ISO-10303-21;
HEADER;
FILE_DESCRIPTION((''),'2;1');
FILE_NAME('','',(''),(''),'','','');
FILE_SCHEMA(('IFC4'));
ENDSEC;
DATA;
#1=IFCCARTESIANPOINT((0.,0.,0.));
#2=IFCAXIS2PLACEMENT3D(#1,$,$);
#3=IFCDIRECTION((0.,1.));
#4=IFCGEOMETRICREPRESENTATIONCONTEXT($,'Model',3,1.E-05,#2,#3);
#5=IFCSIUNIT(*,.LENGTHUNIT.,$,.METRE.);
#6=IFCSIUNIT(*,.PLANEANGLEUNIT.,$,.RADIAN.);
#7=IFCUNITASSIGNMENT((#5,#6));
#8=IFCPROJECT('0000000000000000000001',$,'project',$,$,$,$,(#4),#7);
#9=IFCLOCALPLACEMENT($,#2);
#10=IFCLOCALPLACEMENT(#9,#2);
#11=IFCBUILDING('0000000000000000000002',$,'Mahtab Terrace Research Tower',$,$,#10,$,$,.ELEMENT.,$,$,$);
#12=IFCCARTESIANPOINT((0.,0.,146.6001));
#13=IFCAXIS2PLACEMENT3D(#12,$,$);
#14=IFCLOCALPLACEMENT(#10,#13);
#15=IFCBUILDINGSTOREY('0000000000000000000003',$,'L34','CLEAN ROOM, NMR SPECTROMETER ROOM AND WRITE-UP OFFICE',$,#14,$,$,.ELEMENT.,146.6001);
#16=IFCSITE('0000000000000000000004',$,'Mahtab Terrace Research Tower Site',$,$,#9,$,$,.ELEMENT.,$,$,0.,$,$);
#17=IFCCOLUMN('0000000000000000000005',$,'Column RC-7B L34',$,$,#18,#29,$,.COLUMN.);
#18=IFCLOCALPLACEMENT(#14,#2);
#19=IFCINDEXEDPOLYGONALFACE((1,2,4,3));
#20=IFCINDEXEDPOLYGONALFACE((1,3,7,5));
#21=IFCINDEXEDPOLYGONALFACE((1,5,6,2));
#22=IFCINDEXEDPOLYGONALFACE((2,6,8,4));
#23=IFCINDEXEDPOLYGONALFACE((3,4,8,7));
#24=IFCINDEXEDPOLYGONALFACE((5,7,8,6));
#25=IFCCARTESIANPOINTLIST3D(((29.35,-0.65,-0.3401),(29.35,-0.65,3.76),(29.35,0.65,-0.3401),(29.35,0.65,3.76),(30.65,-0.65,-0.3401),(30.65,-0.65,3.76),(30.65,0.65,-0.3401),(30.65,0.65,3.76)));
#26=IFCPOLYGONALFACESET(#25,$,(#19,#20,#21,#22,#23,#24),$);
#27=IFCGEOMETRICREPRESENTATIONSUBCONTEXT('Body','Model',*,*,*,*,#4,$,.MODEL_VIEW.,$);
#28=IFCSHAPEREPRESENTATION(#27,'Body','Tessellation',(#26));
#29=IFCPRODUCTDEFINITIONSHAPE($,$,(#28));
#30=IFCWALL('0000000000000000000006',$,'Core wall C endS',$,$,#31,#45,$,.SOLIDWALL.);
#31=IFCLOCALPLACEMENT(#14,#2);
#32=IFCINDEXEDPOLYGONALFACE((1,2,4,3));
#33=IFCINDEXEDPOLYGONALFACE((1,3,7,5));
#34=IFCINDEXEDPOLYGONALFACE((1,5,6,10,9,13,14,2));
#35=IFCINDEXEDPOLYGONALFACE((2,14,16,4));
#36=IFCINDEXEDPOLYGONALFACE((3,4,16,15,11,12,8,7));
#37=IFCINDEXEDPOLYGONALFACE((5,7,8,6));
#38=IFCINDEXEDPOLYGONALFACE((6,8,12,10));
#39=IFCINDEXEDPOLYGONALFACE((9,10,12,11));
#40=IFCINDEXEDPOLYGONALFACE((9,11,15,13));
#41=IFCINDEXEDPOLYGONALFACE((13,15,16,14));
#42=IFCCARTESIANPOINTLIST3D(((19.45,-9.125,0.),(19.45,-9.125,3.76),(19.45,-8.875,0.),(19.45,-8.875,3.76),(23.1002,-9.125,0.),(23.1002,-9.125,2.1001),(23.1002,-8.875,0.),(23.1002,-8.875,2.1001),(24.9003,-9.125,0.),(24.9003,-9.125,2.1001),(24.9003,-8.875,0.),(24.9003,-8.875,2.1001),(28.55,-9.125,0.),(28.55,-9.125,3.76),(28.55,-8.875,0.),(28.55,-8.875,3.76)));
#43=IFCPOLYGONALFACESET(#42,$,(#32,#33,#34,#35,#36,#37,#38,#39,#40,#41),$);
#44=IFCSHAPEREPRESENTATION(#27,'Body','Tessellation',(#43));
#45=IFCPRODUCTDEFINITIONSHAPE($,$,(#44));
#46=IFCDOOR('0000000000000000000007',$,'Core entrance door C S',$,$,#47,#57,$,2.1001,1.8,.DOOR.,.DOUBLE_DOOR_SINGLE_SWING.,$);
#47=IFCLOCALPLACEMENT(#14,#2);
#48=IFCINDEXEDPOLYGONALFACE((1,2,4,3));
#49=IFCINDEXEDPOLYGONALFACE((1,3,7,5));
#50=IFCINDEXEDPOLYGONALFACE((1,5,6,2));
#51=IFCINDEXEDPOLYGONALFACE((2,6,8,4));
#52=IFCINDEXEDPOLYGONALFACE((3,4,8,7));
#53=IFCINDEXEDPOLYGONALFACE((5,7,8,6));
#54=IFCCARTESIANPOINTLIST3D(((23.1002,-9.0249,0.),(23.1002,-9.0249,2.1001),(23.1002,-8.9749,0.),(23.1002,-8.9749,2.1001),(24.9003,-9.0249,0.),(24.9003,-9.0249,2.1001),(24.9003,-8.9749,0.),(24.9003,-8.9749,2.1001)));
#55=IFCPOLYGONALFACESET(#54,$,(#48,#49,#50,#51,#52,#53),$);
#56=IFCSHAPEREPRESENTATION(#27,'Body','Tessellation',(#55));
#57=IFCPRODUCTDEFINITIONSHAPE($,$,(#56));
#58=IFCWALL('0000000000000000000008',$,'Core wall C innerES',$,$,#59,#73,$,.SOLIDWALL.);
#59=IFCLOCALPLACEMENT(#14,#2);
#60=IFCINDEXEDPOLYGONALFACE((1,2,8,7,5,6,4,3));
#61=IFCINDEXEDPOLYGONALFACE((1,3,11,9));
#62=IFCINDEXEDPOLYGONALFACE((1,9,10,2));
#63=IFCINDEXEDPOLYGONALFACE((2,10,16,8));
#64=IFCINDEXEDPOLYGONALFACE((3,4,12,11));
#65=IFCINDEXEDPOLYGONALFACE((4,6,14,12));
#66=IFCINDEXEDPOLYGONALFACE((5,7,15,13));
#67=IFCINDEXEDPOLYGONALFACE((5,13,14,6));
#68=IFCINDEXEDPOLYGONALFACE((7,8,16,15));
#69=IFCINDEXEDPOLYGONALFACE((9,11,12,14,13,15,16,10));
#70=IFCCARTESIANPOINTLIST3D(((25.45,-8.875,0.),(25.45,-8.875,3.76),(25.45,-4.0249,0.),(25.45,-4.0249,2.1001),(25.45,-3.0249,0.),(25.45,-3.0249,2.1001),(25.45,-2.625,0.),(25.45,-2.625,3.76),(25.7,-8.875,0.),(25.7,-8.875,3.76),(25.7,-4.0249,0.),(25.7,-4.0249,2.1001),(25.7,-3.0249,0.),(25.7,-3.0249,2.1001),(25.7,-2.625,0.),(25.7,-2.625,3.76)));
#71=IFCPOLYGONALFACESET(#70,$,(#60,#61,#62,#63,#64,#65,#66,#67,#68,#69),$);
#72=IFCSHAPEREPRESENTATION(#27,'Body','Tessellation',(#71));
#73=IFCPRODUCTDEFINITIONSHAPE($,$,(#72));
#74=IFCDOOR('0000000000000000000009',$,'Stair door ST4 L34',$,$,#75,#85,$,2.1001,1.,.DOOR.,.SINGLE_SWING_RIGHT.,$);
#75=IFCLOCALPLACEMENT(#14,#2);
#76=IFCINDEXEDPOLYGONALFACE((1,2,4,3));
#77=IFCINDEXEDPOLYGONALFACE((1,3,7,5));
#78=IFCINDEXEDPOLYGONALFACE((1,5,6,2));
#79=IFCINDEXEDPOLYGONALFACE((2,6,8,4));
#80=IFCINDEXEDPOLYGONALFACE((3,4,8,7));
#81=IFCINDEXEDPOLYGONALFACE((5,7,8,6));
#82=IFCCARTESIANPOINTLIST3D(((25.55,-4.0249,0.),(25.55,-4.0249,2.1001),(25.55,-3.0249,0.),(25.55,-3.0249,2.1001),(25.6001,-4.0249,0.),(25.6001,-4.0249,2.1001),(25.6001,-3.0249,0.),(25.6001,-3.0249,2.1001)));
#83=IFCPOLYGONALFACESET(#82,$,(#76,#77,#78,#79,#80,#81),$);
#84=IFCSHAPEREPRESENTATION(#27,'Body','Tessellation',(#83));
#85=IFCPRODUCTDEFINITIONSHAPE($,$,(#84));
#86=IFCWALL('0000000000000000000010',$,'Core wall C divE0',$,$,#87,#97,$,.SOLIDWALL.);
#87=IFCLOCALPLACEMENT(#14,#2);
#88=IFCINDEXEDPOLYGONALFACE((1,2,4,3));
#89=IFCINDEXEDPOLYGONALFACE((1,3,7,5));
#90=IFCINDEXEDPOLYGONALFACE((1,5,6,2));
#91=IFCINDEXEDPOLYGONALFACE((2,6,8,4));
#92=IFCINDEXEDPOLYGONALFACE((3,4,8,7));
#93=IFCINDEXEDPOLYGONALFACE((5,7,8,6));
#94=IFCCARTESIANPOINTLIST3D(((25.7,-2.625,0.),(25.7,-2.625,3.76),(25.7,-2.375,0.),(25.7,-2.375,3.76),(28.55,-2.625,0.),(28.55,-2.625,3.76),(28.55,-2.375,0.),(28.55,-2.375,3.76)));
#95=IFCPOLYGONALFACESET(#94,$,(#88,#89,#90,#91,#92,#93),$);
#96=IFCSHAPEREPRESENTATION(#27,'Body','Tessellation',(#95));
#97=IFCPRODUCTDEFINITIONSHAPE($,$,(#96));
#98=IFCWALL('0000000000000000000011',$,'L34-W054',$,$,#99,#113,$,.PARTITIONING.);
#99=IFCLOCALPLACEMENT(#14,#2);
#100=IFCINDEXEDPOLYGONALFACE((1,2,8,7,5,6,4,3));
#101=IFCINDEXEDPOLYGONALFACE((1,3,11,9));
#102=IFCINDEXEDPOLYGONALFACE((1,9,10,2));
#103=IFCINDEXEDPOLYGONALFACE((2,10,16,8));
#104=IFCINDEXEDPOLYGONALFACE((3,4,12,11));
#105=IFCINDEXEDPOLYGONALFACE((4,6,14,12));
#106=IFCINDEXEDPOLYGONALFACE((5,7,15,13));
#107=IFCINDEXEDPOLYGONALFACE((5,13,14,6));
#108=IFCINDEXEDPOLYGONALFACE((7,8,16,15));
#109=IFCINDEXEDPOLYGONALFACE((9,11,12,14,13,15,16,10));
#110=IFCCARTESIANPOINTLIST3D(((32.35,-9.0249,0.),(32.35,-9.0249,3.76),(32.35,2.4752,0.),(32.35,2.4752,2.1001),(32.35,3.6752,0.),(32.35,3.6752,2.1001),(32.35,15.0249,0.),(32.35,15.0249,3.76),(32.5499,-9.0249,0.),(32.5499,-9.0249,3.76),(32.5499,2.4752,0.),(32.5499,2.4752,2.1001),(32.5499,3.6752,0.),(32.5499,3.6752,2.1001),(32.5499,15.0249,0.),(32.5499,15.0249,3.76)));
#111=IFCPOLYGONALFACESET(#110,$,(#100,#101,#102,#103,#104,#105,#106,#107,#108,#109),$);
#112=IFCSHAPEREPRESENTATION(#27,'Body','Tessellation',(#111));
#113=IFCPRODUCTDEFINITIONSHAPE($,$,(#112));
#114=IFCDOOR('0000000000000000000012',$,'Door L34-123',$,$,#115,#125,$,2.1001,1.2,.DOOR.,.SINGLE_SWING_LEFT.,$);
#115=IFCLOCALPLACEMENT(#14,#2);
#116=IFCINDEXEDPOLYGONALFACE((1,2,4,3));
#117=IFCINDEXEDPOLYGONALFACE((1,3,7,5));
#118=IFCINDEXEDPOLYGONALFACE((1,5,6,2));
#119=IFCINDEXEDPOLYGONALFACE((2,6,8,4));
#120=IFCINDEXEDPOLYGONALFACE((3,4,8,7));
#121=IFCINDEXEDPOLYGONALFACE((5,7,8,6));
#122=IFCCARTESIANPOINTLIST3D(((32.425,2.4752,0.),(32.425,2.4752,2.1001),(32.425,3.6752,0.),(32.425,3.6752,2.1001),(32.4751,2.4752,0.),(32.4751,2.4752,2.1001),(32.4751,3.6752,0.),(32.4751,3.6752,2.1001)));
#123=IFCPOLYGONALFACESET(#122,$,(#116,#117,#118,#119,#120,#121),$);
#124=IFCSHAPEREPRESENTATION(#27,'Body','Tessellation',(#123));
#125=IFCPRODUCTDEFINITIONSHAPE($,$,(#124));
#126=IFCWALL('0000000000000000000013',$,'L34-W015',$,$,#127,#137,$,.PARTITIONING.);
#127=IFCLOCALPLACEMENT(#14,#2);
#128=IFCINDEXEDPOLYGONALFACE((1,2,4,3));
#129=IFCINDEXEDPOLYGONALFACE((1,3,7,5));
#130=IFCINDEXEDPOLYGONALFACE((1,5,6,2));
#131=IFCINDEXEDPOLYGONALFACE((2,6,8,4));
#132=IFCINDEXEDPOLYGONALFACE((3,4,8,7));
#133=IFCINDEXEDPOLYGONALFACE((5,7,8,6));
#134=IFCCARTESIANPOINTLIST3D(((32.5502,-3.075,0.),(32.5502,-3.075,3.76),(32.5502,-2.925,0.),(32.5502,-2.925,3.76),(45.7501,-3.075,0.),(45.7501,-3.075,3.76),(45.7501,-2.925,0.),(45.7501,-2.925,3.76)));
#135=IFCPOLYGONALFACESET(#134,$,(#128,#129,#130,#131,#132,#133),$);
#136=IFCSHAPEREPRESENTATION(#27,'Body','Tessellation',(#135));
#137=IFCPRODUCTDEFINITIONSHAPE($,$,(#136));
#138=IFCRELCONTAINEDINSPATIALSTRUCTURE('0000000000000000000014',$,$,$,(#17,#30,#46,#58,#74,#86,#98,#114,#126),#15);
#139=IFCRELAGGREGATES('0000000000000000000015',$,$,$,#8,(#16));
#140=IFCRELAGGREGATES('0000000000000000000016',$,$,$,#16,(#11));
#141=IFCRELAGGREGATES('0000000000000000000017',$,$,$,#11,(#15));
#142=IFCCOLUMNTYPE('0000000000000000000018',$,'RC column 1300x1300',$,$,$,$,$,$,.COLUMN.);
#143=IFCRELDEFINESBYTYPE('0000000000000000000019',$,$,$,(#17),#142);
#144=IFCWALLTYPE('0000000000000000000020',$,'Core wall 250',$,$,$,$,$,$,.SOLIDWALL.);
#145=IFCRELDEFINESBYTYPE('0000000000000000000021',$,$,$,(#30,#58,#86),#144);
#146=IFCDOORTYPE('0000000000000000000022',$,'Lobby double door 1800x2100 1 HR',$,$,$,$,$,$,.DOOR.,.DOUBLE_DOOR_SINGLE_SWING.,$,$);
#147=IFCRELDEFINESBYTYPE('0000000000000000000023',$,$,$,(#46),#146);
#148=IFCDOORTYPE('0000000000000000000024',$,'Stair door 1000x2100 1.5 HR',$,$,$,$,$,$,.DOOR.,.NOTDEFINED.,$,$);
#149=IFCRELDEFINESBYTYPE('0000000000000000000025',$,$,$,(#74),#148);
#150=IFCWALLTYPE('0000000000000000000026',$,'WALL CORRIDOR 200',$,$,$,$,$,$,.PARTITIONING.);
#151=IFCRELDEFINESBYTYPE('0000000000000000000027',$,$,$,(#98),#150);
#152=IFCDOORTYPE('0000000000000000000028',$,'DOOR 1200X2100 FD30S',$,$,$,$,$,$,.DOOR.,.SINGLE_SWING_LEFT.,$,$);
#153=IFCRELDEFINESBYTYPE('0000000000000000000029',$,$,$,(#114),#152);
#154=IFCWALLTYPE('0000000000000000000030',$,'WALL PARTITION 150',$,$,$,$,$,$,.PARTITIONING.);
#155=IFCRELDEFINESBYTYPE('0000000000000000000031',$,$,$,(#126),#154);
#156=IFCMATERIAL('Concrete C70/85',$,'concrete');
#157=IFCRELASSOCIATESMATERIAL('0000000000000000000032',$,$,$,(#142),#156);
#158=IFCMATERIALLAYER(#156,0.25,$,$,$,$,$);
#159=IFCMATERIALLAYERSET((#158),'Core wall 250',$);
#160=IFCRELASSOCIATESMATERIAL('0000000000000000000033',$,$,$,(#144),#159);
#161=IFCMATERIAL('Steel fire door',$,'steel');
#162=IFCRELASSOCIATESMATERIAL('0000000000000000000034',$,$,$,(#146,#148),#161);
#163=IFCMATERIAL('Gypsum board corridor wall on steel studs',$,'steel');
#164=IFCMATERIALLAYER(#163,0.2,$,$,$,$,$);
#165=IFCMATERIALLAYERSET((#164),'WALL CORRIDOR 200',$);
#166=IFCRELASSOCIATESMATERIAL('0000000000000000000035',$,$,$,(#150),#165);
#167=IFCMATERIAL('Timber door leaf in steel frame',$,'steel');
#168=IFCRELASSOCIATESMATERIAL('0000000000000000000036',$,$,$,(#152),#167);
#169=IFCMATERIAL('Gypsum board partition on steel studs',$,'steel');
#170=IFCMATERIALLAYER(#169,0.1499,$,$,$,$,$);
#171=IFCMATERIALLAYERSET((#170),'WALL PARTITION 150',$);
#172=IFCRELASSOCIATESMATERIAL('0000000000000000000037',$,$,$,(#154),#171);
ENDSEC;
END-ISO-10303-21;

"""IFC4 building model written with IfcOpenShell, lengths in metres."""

from ifc_helpers import new_model, si_unit, direction, frame, frame_2d, origin, origin_2d, place, context, subcontext, project, spatial, rectangle, extrude, material, layer, layer_set, material_profile, profile_set, type_object, element, fill, save


model = new_model("IFC4")

# Units and contexts
model_context = context("Model", 3, precision=1e-05, world=origin(), true_north=direction((0.0, 1.0)))
body_context = subcontext(model_context, "Body", "Model", "MODEL_VIEW")
ifc_project = project(units=[si_unit("LENGTHUNIT", "METRE"), si_unit("PLANEANGLEUNIT", "RADIAN")], contexts=[model_context])

# Site, building, storey
site_placement = place(None, origin())
site = spatial("IfcSite", under=ifc_project, at=site_placement, Name="Mahtab Terrace Research Tower Site", CompositionType="ELEMENT", RefElevation=0.0)
building_placement = place(site_placement, origin())
building = spatial("IfcBuilding", under=site, at=building_placement, Name="Mahtab Terrace Research Tower", CompositionType="ELEMENT")
storey_placement = place(building_placement, frame((0.0, 0.0, 146.6001)))
storey = spatial("IfcBuildingStorey", under=building, at=storey_placement, Name="L34", Description="CLEAN ROOM, NMR SPECTROMETER ROOM AND WRITE-UP OFFICE", CompositionType="ELEMENT", Elevation=146.6001)

# Column
ifc_material_1 = material(Name="Concrete C70/85", Category="concrete")
ifc_material_profile = material_profile(ifc_material_1, rectangle(XDim=1.3, YDim=1.3, at=origin_2d()), Name="RC column 1300x1300")
ifc_profile_set = profile_set([ifc_material_profile], Name="Concrete C70/85")
column_type = type_object("IfcColumnType", Name="RC column 1300x1300", PredefinedType="COLUMN", material=ifc_profile_set)
column_placement = place(storey_placement, frame((30.0, 0.0, -0.3401), z_axis=(0.0, 0.0, 1.0), x_axis=(1.0, 0.0, 0.0)))
element("IfcColumn", 1, at=column_placement, inside=storey, type_object=column_type, Name="Column RC-7B L34", PredefinedType="COLUMN", context=body_context, shape_type="SweptSolid", body=[
    extrude(rectangle(XDim=1.3, YDim=1.3, at=origin_2d()), origin(), (0.0, 0.0, 1.0), 4.1001),
])

# Walls, openings, doors
ifc_layer_1 = layer(ifc_material_1, 0.25)
ifc_layer_set_1 = layer_set([ifc_layer_1], Name="Core wall 250")
wall_type_1 = type_object("IfcWallType", Name="Core wall 250", PredefinedType="SOLIDWALL", material=ifc_layer_set_1)
wall_1_placement = place(storey_placement, frame((28.55, -9.0, 0.0), z_axis=(0.0, 0.0, 1.0), x_axis=(-1.0, 0.0, 0.0)))
wall_1 = element("IfcWall", 2, at=wall_1_placement, inside=storey, type_object=wall_type_1, Name="Core wall C endS", PredefinedType="SOLIDWALL", context=body_context, shape_type="SweptSolid", body=[
    extrude(rectangle(XDim=9.1001, YDim=0.25, at=frame_2d((4.55, 0.0))), origin(), (0.0, 0.0, 1.0), 3.76),
])
opening_1_placement = place(wall_1_placement, frame((3.6499, 0.0, 0.0)))
opening_1 = element("IfcOpeningElement", 3, at=opening_1_placement, cuts=wall_1, PredefinedType="OPENING", context=body_context, shape_type="SweptSolid", body=[
    extrude(rectangle(XDim=1.8, YDim=2.1001, at=frame_2d((0.8999, 1.05))), frame((0.0, 0.135, 0.0), z_axis=(0.0, -1.0, 0.0), x_axis=(1.0, 0.0, 0.0)), (0.0, 0.0, 1.0), 0.27),
])
ifc_material_2 = material(Name="Steel fire door", Category="steel")
door_type_1 = type_object("IfcDoorType", Name="Lobby double door 1800x2100 1 HR", OperationType="DOUBLE_DOOR_SINGLE_SWING", PredefinedType="DOOR", material=ifc_material_2)
door_1_placement = place(opening_1_placement, origin())
door_1 = element("IfcDoor", 4, at=door_1_placement, inside=storey, type_object=door_type_1, Name="Core entrance door C S", OperationType="DOUBLE_DOOR_SINGLE_SWING", OverallHeight=2.1001, OverallWidth=1.8, PredefinedType="DOOR", context=body_context, shape_type="SweptSolid", body=[
    extrude(rectangle(XDim=1.8, YDim=2.1001, at=frame_2d((0.8999, 1.05))), frame((0.0, 0.0249, 0.0), z_axis=(0.0, -1.0, 0.0), x_axis=(1.0, 0.0, 0.0)), (0.0, 0.0, 1.0), 0.05),
])
fill(opening_1, door_1)
wall_2_placement = place(storey_placement, frame((25.575, -8.875, 0.0), z_axis=(0.0, 0.0, 1.0), x_axis=(0.0, 1.0, 0.0)))
wall_2 = element("IfcWall", 5, at=wall_2_placement, inside=storey, type_object=wall_type_1, Name="Core wall C innerES", PredefinedType="SOLIDWALL", context=body_context, shape_type="SweptSolid", body=[
    extrude(rectangle(XDim=6.25, YDim=0.25, at=frame_2d((3.125, 0.0))), origin(), (0.0, 0.0, 1.0), 3.76),
])
opening_2_placement = place(wall_2_placement, frame((4.8501, 0.0, 0.0)))
opening_2 = element("IfcOpeningElement", 6, at=opening_2_placement, cuts=wall_2, PredefinedType="OPENING", context=body_context, shape_type="SweptSolid", body=[
    extrude(rectangle(XDim=1.0, YDim=2.1001, at=frame_2d((0.5, 1.05))), frame((0.0, 0.135, 0.0), z_axis=(0.0, -1.0, 0.0), x_axis=(1.0, 0.0, 0.0)), (0.0, 0.0, 1.0), 0.27),
])
door_type_2 = type_object("IfcDoorType", Name="Stair door 1000x2100 1.5 HR", OperationType="NOTDEFINED", PredefinedType="DOOR", material=ifc_material_2)
door_2_placement = place(opening_2_placement, origin())
door_2 = element("IfcDoor", 7, at=door_2_placement, inside=storey, type_object=door_type_2, Name="Stair door ST4 L34", OperationType="SINGLE_SWING_RIGHT", OverallHeight=2.1001, OverallWidth=1.0, PredefinedType="DOOR", context=body_context, shape_type="SweptSolid", body=[
    extrude(rectangle(XDim=1.0, YDim=2.1001, at=frame_2d((0.5, 1.05))), frame((0.0, 0.0249, 0.0), z_axis=(0.0, -1.0, 0.0), x_axis=(1.0, 0.0, 0.0)), (0.0, 0.0, 1.0), 0.05),
])
fill(opening_2, door_2)

# Wall
wall_3_placement = place(storey_placement, frame((25.7, -2.5, 0.0), z_axis=(0.0, 0.0, 1.0), x_axis=(1.0, 0.0, 0.0)))
element("IfcWall", 8, at=wall_3_placement, inside=storey, type_object=wall_type_1, Name="Core wall C divE0", PredefinedType="SOLIDWALL", context=body_context, shape_type="SweptSolid", body=[
    extrude(rectangle(XDim=2.8501, YDim=0.25, at=frame_2d((1.425, 0.0))), origin(), (0.0, 0.0, 1.0), 3.76),
])

# Wall, opening, door
ifc_material_3 = material(Name="Gypsum board corridor wall on steel studs", Category="steel")
ifc_layer_2 = layer(ifc_material_3, 0.2)
ifc_layer_set_2 = layer_set([ifc_layer_2], Name="WALL CORRIDOR 200")
wall_type_2 = type_object("IfcWallType", Name="WALL CORRIDOR 200", PredefinedType="PARTITIONING", material=ifc_layer_set_2)
wall_4_placement = place(storey_placement, frame((32.45, -9.0249, 0.0), z_axis=(0.0, 0.0, 1.0), x_axis=(0.0, 1.0, 0.0)))
wall_4 = element("IfcWall", 9, at=wall_4_placement, inside=storey, type_object=wall_type_2, Name="L34-W054", PredefinedType="PARTITIONING", context=body_context, shape_type="SweptSolid", body=[
    extrude(rectangle(XDim=24.0498, YDim=0.2, at=frame_2d((12.0249, 0.0))), origin(), (0.0, 0.0, 1.0), 3.76),
])
opening_3_placement = place(wall_4_placement, frame((11.5, 0.0, 0.0)))
opening_3 = element("IfcOpeningElement", 10, at=opening_3_placement, cuts=wall_4, PredefinedType="OPENING", context=body_context, shape_type="SweptSolid", body=[
    extrude(rectangle(XDim=1.2, YDim=2.1001, at=frame_2d((0.6001, 1.05))), frame((0.0, 0.1099, 0.0), z_axis=(0.0, -1.0, 0.0), x_axis=(1.0, 0.0, 0.0)), (0.0, 0.0, 1.0), 0.22),
])
ifc_material_4 = material(Name="Timber door leaf in steel frame", Category="steel")
door_type_3 = type_object("IfcDoorType", Name="DOOR 1200X2100 FD30S", OperationType="SINGLE_SWING_LEFT", PredefinedType="DOOR", material=ifc_material_4)
door_3_placement = place(opening_3_placement, origin())
door_3 = element("IfcDoor", 11, at=door_3_placement, inside=storey, type_object=door_type_3, Name="Door L34-123", OperationType="SINGLE_SWING_LEFT", OverallHeight=2.1001, OverallWidth=1.2, PredefinedType="DOOR", context=body_context, shape_type="SweptSolid", body=[
    extrude(rectangle(XDim=1.2, YDim=2.1001, at=frame_2d((0.6001, 1.05))), frame((0.0, 0.0249, 0.0), z_axis=(0.0, -1.0, 0.0), x_axis=(1.0, 0.0, 0.0)), (0.0, 0.0, 1.0), 0.05),
])
fill(opening_3, door_3)

# Wall
ifc_material_5 = material(Name="Gypsum board partition on steel studs", Category="steel")
ifc_layer_3 = layer(ifc_material_5, 0.1499)
ifc_layer_set_3 = layer_set([ifc_layer_3], Name="WALL PARTITION 150")
wall_type_3 = type_object("IfcWallType", Name="WALL PARTITION 150", PredefinedType="PARTITIONING", material=ifc_layer_set_3)
wall_5_placement = place(storey_placement, frame((32.55, -3.0, 0.0), z_axis=(0.0, 0.0, 1.0), x_axis=(1.0, 0.0, 0.0)))
element("IfcWall", 12, at=wall_5_placement, inside=storey, type_object=wall_type_3, Name="L34-W015", PredefinedType="PARTITIONING", context=body_context, shape_type="SweptSolid", body=[
    extrude(rectangle(XDim=13.2, YDim=0.1499, at=frame_2d((6.6001, 0.0))), origin(), (0.0, 0.0, 1.0), 3.76),
])

save(model, "model.ifc")
